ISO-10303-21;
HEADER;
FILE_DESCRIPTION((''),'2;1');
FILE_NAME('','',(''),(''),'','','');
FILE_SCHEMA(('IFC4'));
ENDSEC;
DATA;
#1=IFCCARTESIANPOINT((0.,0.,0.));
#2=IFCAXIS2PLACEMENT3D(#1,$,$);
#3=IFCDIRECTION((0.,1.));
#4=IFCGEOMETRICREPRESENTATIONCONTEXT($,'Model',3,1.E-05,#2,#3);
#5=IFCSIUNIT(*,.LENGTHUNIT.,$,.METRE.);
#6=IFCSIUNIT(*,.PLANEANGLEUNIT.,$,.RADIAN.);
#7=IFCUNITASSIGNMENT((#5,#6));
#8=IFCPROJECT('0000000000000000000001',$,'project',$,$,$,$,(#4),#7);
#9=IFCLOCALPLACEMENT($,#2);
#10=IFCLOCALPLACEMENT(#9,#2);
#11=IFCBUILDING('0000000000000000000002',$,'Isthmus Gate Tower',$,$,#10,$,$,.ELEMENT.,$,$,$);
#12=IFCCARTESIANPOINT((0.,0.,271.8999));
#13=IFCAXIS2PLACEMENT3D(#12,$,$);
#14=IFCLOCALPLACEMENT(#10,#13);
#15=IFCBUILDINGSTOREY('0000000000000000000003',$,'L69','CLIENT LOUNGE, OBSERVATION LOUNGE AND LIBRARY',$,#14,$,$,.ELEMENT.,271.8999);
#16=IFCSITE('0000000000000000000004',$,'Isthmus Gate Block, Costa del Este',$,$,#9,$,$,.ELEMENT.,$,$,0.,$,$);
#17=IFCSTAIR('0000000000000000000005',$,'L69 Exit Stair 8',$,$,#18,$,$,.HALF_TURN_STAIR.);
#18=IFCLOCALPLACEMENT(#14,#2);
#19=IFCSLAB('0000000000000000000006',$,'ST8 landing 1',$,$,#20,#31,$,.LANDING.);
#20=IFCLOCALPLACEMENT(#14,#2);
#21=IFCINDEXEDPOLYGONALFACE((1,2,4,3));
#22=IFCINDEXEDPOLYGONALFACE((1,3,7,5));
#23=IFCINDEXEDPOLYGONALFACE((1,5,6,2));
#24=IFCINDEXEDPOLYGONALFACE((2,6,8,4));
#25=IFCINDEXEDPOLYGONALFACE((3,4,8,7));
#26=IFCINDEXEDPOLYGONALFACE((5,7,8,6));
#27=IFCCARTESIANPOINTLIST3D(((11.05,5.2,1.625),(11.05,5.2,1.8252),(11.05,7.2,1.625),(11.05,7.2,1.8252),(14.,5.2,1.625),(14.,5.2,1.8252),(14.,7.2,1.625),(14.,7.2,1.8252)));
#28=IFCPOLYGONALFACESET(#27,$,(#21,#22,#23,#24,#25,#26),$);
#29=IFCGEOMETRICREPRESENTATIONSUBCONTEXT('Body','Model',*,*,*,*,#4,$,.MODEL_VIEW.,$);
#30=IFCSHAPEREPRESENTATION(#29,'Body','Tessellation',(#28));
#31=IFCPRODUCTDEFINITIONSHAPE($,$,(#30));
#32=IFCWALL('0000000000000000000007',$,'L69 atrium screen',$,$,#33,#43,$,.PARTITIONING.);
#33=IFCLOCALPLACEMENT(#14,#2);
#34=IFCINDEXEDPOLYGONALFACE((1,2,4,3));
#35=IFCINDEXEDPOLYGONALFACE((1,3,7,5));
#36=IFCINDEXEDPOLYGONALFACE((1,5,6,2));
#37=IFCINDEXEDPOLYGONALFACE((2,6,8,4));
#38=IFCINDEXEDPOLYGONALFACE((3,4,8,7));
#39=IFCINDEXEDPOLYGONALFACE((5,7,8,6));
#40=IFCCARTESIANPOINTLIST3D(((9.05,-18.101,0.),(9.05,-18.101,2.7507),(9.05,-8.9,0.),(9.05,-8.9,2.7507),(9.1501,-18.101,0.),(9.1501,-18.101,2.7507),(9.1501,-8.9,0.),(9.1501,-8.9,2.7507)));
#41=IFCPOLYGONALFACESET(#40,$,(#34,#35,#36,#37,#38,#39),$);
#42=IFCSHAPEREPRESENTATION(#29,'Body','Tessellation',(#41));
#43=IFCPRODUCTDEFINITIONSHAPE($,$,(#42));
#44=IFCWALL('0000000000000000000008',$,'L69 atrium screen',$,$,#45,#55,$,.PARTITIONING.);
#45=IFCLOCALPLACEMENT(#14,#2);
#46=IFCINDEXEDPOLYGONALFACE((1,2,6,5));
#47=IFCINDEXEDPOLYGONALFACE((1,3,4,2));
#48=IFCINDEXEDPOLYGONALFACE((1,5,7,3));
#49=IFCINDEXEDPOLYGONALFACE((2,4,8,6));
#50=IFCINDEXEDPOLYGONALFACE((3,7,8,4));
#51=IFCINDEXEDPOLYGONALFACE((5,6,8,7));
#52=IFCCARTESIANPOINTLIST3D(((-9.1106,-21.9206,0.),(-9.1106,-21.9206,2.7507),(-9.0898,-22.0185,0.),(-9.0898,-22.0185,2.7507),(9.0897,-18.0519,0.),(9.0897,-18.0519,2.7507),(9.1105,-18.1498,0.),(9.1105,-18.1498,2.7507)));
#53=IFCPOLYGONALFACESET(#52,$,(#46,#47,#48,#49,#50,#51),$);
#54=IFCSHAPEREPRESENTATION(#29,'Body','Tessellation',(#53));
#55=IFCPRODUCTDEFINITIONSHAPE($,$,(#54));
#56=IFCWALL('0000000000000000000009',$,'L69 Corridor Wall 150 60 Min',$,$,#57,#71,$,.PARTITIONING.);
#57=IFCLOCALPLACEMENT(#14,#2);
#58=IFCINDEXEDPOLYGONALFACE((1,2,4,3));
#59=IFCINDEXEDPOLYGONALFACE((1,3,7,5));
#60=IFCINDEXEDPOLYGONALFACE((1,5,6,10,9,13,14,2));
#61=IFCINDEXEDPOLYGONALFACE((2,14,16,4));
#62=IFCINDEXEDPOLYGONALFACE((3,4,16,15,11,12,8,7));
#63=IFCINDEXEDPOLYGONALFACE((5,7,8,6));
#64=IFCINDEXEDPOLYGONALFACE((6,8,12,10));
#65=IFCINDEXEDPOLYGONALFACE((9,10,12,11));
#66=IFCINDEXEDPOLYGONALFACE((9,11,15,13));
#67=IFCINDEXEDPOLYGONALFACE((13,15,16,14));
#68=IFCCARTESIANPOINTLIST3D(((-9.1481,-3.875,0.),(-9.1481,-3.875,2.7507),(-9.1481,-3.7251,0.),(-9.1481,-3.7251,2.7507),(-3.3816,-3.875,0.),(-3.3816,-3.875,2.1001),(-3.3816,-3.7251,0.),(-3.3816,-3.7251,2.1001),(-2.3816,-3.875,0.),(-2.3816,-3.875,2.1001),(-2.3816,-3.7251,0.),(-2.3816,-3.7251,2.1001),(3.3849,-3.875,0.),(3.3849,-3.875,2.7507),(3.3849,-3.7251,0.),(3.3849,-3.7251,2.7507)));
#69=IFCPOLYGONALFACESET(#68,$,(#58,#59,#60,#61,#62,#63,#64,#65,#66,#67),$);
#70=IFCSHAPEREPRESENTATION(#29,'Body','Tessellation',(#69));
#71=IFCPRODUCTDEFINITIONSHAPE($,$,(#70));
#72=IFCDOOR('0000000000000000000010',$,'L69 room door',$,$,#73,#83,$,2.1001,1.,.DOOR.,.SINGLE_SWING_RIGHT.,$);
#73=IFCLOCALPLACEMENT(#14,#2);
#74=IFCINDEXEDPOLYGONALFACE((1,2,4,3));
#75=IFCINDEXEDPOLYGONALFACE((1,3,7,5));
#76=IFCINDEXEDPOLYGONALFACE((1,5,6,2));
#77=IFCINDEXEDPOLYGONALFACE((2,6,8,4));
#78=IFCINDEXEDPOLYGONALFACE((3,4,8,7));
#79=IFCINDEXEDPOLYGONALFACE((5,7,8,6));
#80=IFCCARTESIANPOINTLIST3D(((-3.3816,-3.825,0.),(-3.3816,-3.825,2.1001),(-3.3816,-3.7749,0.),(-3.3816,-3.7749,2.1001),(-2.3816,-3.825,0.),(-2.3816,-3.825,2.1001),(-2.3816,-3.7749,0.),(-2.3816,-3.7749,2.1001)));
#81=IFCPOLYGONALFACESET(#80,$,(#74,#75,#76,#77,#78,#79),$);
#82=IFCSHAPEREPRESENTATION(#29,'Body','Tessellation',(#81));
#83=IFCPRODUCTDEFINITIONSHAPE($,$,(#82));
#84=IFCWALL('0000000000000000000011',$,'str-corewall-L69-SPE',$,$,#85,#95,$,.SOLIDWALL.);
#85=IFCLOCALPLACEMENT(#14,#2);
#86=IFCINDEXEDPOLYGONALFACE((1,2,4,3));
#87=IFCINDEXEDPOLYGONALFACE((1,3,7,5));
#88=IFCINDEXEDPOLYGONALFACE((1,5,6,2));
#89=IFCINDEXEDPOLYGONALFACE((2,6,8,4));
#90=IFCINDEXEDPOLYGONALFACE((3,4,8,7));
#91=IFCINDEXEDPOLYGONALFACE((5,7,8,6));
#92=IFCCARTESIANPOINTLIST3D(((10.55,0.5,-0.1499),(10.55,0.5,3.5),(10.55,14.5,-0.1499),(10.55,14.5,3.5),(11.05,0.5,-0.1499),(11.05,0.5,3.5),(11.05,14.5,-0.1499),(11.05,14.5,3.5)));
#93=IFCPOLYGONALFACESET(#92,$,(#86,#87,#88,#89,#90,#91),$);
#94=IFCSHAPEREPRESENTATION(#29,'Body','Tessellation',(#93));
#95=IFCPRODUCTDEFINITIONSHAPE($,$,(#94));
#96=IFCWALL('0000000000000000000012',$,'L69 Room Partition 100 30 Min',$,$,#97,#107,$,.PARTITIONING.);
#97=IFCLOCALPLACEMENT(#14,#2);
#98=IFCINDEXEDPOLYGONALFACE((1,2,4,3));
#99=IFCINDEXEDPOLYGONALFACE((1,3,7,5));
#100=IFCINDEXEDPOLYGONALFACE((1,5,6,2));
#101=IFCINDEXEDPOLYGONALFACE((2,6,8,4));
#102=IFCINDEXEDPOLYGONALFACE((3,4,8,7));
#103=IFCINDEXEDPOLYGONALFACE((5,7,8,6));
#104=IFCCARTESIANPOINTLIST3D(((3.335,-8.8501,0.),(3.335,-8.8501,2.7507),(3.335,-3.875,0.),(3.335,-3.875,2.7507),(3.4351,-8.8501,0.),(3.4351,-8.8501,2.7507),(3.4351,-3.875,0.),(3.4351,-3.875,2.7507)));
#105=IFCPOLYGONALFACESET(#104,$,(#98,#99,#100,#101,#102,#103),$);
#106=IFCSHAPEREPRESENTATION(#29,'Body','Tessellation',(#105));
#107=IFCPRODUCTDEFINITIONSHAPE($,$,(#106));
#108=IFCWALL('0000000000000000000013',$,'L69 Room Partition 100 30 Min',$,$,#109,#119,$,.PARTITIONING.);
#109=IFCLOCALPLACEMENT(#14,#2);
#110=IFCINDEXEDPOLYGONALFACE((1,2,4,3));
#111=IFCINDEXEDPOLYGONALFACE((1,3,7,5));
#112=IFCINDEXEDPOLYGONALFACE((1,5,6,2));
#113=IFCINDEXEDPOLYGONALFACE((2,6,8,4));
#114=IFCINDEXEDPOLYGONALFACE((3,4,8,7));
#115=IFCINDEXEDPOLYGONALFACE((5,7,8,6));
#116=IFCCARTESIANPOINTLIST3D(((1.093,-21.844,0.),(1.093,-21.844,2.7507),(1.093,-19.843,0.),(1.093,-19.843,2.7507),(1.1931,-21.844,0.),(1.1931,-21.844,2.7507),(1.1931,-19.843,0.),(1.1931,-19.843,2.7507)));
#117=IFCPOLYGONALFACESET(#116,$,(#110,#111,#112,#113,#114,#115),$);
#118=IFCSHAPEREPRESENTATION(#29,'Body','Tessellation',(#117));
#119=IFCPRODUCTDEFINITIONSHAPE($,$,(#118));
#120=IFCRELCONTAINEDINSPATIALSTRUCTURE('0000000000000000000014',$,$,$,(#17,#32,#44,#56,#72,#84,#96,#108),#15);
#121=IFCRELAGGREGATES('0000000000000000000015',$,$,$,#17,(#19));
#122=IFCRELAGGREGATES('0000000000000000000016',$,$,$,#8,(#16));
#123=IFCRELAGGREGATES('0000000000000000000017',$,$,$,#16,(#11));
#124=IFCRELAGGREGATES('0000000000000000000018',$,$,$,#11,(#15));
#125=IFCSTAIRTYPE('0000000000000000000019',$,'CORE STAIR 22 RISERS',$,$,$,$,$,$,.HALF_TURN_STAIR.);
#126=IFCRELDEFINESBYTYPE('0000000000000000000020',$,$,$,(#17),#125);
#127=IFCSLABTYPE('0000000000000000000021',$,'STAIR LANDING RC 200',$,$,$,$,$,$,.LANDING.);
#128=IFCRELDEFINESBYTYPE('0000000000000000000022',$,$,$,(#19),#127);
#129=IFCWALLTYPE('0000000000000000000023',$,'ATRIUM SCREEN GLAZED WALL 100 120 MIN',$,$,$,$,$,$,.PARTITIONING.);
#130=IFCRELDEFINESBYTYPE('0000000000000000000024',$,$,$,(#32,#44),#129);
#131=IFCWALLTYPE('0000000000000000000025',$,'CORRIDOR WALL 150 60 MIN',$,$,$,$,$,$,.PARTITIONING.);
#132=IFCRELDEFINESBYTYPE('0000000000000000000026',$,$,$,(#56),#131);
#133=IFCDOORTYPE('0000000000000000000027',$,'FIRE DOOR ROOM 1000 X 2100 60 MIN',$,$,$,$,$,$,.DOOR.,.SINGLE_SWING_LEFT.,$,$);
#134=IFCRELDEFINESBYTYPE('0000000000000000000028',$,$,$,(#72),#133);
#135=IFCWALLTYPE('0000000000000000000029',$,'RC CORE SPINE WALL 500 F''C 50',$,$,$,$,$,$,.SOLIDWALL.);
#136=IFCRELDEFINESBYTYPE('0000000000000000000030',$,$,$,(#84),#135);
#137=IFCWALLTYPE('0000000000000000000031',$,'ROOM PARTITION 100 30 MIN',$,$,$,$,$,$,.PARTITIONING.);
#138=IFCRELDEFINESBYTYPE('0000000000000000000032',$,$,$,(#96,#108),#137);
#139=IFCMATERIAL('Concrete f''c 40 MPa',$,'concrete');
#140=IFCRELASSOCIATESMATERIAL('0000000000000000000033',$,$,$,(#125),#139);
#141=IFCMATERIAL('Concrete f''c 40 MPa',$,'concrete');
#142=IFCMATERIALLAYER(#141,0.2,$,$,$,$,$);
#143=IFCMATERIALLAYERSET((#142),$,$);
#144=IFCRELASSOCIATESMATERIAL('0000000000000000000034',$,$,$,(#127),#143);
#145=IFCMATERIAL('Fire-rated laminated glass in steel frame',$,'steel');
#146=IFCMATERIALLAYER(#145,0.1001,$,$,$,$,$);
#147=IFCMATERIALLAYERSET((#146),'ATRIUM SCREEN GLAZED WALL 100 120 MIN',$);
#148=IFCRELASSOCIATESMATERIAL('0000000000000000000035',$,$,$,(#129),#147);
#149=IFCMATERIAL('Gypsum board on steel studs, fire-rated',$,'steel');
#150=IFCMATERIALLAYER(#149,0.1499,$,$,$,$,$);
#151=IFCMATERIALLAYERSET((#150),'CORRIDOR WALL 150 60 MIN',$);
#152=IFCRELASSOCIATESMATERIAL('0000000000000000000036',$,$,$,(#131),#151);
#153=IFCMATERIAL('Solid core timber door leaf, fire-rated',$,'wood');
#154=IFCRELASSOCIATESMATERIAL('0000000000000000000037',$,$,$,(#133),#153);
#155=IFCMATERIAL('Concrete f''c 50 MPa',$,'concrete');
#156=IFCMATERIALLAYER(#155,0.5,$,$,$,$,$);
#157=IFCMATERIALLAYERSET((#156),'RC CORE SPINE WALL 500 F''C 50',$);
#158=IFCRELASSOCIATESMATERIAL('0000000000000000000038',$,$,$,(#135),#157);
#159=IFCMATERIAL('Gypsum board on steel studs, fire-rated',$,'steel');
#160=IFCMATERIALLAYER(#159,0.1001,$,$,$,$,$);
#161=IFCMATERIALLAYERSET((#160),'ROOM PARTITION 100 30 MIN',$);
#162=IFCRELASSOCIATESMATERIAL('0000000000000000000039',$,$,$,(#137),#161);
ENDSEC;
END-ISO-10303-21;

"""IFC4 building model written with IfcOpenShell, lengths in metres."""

from ifc_helpers import new_model, si_unit, direction, frame, frame_2d, origin, place, context, subcontext, project, spatial, polyline, rectangle, outline, extrude, material, layer, layer_set, type_object, element, fill, aggregate, save


model = new_model("IFC4")

# Units and contexts
model_context = context("Model", 3, precision=1e-05, world=origin(), true_north=direction((0.0, 1.0)))
body_context = subcontext(model_context, "Body", "Model", "MODEL_VIEW")
ifc_project = project(units=[si_unit("LENGTHUNIT", "METRE"), si_unit("PLANEANGLEUNIT", "RADIAN")], contexts=[model_context])

# Site, building, storey
site_placement = place(None, origin())
site = spatial("IfcSite", under=ifc_project, at=site_placement, Name="Isthmus Gate Block, Costa del Este", CompositionType="ELEMENT", RefElevation=0.0)
building_placement = place(site_placement, origin())
building = spatial("IfcBuilding", under=site, at=building_placement, Name="Isthmus Gate Tower", CompositionType="ELEMENT")
storey_placement = place(building_placement, frame((0.0, 0.0, 271.8999)))
storey = spatial("IfcBuildingStorey", under=building, at=storey_placement, Name="L69", Description="CLIENT LOUNGE, OBSERVATION LOUNGE AND LIBRARY", CompositionType="ELEMENT", Elevation=271.8999)

# Stair, slab
ifc_material_1 = material(Name="Concrete f'c 40 MPa", Category="concrete")
stair_type = type_object("IfcStairType", Name="CORE STAIR 22 RISERS", PredefinedType="HALF_TURN_STAIR", material=ifc_material_1)
ifc_material_2 = material(Name="Concrete f'c 40 MPa", Category="concrete")
ifc_layer_1 = layer(ifc_material_2, 0.2)
ifc_layer_set_1 = layer_set([ifc_layer_1])
slab_type_1 = type_object("IfcSlabType", Name="STAIR LANDING RC 200", PredefinedType="LANDING", material=ifc_layer_set_1)
stair_1_placement = place(storey_placement, origin())
stair_1 = element("IfcStair", 1, at=stair_1_placement, inside=storey, type_object=stair_type, Name="L69 Exit Stair 8", PredefinedType="HALF_TURN_STAIR")
slab_1_placement = place(storey_placement, frame((0.0, 0.0, 1.625)))
slab_1 = element("IfcSlab", 2, at=slab_1_placement, type_object=slab_type_1, Name="ST8 landing 1", PredefinedType="LANDING", context=body_context, shape_type="SweptSolid", body=[
    extrude(outline(polyline([(14.0, 5.2), (14.0, 7.2), (11.05, 7.2), (11.05, 5.2), (14.0, 5.2)])), origin(), (0.0, 0.0, 1.0), 0.2002),
])
aggregate(stair_1, [slab_1])

# Walls
ifc_material_3 = material(Name="Fire-rated laminated glass in steel frame", Category="steel")
ifc_layer_2 = layer(ifc_material_3, 0.1001)
ifc_layer_set_2 = layer_set([ifc_layer_2], Name="ATRIUM SCREEN GLAZED WALL 100 120 MIN")
wall_type_1 = type_object("IfcWallType", Name="ATRIUM SCREEN GLAZED WALL 100 120 MIN", PredefinedType="PARTITIONING", material=ifc_layer_set_2)
wall_1_placement = place(storey_placement, frame((9.1001, -8.8999, 0.0), z_axis=(0.0, 0.0, 1.0), x_axis=(0.0, -1.0, 0.0)))
element("IfcWall", 3, at=wall_1_placement, inside=storey, type_object=wall_type_1, Name="L69 atrium screen", PredefinedType="PARTITIONING", context=body_context, shape_type="SweptSolid", body=[
    extrude(rectangle(XDim=9.2009, YDim=0.1001, at=frame_2d((4.6006, 0.0))), origin(), (0.0, 0.0, 1.0), 2.7507),
])
wall_2_placement = place(storey_placement, frame((9.1001, -18.1008, 0.0), z_axis=(0.0, 0.0, 1.0), x_axis=(-0.978147, -0.207916, 0.0)))
element("IfcWall", 4, at=wall_2_placement, inside=storey, type_object=wall_type_1, Name="L69 atrium screen", PredefinedType="PARTITIONING", context=body_context, shape_type="SweptSolid", body=[
    extrude(rectangle(XDim=18.6069, YDim=0.1001, at=frame_2d((9.3035, 0.0))), origin(), (0.0, 0.0, 1.0), 2.7507),
])

# Wall, opening, door
ifc_material_4 = material(Name="Gypsum board on steel studs, fire-rated", Category="steel")
ifc_layer_3 = layer(ifc_material_4, 0.1499)
ifc_layer_set_3 = layer_set([ifc_layer_3], Name="CORRIDOR WALL 150 60 MIN")
wall_type_2 = type_object("IfcWallType", Name="CORRIDOR WALL 150 60 MIN", PredefinedType="PARTITIONING", material=ifc_layer_set_3)
wall_3_placement = place(storey_placement, frame((3.385, -3.8, 0.0), z_axis=(0.0, 0.0, 1.0), x_axis=(-1.0, 0.0, 0.0)))
wall_3 = element("IfcWall", 5, at=wall_3_placement, inside=storey, type_object=wall_type_2, Name="L69 Corridor Wall 150 60 Min", PredefinedType="PARTITIONING", context=body_context, shape_type="SweptSolid", body=[
    extrude(rectangle(XDim=12.533, YDim=0.1499, at=frame_2d((6.2666, 0.0))), origin(), (0.0, 0.0, 1.0), 2.7507),
])
opening_placement = place(wall_3_placement, frame((5.7666, 0.0, 0.0)))
opening = element("IfcOpeningElement", 6, at=opening_placement, cuts=wall_3, PredefinedType="OPENING", context=body_context, shape_type="SweptSolid", body=[
    extrude(rectangle(XDim=1.0, YDim=2.1001, at=frame_2d((0.5, 1.05))), frame((0.0, 0.085, 0.0), z_axis=(0.0, -1.0, 0.0), x_axis=(1.0, 0.0, 0.0)), (0.0, 0.0, 1.0), 0.1699),
])
ifc_material_5 = material(Name="Solid core timber door leaf, fire-rated", Category="wood")
door_type = type_object("IfcDoorType", Name="FIRE DOOR ROOM 1000 X 2100 60 MIN", OperationType="SINGLE_SWING_LEFT", PredefinedType="DOOR", material=ifc_material_5)
door_placement = place(opening_placement, origin())
door = element("IfcDoor", 7, at=door_placement, inside=storey, type_object=door_type, Name="L69 room door", OperationType="SINGLE_SWING_RIGHT", OverallHeight=2.1001, OverallWidth=1.0, PredefinedType="DOOR", context=body_context, shape_type="SweptSolid", body=[
    extrude(rectangle(XDim=1.0, YDim=2.1001, at=frame_2d((0.5, 1.05))), frame((0.0, 0.0249, 0.0), z_axis=(0.0, -1.0, 0.0), x_axis=(1.0, 0.0, 0.0)), (0.0, 0.0, 1.0), 0.05),
])
fill(opening, door)

# Walls
ifc_material_6 = material(Name="Concrete f'c 50 MPa", Category="concrete")
ifc_layer_4 = layer(ifc_material_6, 0.5)
ifc_layer_set_4 = layer_set([ifc_layer_4], Name="RC CORE SPINE WALL 500 F'C 50")
wall_type_3 = type_object("IfcWallType", Name="RC CORE SPINE WALL 500 F'C 50", PredefinedType="SOLIDWALL", material=ifc_layer_set_4)
wall_4_placement = place(storey_placement, frame((10.8, 0.5, -0.1499), z_axis=(0.0, 0.0, 1.0), x_axis=(0.0, 1.0, 0.0)))
element("IfcWall", 8, at=wall_4_placement, inside=storey, type_object=wall_type_3, Name="str-corewall-L69-SPE", PredefinedType="SOLIDWALL", context=body_context, shape_type="SweptSolid", body=[
    extrude(rectangle(XDim=14.0, YDim=0.5, at=frame_2d((7.0, 0.0))), origin(), (0.0, 0.0, 1.0), 3.6499),
])
ifc_material_7 = material(Name="Gypsum board on steel studs, fire-rated", Category="steel")
ifc_layer_5 = layer(ifc_material_7, 0.1001)
ifc_layer_set_5 = layer_set([ifc_layer_5], Name="ROOM PARTITION 100 30 MIN")
wall_type_4 = type_object("IfcWallType", Name="ROOM PARTITION 100 30 MIN", PredefinedType="PARTITIONING", material=ifc_layer_set_5)
wall_5_placement = place(storey_placement, frame((3.385, -8.8501, 0.0), z_axis=(0.0, 0.0, 1.0), x_axis=(0.0, 1.0, 0.0)))
element("IfcWall", 9, at=wall_5_placement, inside=storey, type_object=wall_type_4, Name="L69 Room Partition 100 30 Min", PredefinedType="PARTITIONING", context=body_context, shape_type="SweptSolid", body=[
    extrude(rectangle(XDim=4.9751, YDim=0.1001, at=frame_2d((2.4875, 0.0))), origin(), (0.0, 0.0, 1.0), 2.7507),
])
wall_6_placement = place(storey_placement, frame((1.1431, -21.844, 0.0), z_axis=(0.0, 0.0, 1.0), x_axis=(0.0, 1.0, 0.0)))
element("IfcWall", 10, at=wall_6_placement, inside=storey, type_object=wall_type_4, Name="L69 Room Partition 100 30 Min", PredefinedType="PARTITIONING", context=body_context, shape_type="SweptSolid", body=[
    extrude(rectangle(XDim=2.001, YDim=0.1001, at=frame_2d((1.0005, 0.0))), origin(), (0.0, 0.0, 1.0), 2.7507),
])

save(model, "model.ifc")
